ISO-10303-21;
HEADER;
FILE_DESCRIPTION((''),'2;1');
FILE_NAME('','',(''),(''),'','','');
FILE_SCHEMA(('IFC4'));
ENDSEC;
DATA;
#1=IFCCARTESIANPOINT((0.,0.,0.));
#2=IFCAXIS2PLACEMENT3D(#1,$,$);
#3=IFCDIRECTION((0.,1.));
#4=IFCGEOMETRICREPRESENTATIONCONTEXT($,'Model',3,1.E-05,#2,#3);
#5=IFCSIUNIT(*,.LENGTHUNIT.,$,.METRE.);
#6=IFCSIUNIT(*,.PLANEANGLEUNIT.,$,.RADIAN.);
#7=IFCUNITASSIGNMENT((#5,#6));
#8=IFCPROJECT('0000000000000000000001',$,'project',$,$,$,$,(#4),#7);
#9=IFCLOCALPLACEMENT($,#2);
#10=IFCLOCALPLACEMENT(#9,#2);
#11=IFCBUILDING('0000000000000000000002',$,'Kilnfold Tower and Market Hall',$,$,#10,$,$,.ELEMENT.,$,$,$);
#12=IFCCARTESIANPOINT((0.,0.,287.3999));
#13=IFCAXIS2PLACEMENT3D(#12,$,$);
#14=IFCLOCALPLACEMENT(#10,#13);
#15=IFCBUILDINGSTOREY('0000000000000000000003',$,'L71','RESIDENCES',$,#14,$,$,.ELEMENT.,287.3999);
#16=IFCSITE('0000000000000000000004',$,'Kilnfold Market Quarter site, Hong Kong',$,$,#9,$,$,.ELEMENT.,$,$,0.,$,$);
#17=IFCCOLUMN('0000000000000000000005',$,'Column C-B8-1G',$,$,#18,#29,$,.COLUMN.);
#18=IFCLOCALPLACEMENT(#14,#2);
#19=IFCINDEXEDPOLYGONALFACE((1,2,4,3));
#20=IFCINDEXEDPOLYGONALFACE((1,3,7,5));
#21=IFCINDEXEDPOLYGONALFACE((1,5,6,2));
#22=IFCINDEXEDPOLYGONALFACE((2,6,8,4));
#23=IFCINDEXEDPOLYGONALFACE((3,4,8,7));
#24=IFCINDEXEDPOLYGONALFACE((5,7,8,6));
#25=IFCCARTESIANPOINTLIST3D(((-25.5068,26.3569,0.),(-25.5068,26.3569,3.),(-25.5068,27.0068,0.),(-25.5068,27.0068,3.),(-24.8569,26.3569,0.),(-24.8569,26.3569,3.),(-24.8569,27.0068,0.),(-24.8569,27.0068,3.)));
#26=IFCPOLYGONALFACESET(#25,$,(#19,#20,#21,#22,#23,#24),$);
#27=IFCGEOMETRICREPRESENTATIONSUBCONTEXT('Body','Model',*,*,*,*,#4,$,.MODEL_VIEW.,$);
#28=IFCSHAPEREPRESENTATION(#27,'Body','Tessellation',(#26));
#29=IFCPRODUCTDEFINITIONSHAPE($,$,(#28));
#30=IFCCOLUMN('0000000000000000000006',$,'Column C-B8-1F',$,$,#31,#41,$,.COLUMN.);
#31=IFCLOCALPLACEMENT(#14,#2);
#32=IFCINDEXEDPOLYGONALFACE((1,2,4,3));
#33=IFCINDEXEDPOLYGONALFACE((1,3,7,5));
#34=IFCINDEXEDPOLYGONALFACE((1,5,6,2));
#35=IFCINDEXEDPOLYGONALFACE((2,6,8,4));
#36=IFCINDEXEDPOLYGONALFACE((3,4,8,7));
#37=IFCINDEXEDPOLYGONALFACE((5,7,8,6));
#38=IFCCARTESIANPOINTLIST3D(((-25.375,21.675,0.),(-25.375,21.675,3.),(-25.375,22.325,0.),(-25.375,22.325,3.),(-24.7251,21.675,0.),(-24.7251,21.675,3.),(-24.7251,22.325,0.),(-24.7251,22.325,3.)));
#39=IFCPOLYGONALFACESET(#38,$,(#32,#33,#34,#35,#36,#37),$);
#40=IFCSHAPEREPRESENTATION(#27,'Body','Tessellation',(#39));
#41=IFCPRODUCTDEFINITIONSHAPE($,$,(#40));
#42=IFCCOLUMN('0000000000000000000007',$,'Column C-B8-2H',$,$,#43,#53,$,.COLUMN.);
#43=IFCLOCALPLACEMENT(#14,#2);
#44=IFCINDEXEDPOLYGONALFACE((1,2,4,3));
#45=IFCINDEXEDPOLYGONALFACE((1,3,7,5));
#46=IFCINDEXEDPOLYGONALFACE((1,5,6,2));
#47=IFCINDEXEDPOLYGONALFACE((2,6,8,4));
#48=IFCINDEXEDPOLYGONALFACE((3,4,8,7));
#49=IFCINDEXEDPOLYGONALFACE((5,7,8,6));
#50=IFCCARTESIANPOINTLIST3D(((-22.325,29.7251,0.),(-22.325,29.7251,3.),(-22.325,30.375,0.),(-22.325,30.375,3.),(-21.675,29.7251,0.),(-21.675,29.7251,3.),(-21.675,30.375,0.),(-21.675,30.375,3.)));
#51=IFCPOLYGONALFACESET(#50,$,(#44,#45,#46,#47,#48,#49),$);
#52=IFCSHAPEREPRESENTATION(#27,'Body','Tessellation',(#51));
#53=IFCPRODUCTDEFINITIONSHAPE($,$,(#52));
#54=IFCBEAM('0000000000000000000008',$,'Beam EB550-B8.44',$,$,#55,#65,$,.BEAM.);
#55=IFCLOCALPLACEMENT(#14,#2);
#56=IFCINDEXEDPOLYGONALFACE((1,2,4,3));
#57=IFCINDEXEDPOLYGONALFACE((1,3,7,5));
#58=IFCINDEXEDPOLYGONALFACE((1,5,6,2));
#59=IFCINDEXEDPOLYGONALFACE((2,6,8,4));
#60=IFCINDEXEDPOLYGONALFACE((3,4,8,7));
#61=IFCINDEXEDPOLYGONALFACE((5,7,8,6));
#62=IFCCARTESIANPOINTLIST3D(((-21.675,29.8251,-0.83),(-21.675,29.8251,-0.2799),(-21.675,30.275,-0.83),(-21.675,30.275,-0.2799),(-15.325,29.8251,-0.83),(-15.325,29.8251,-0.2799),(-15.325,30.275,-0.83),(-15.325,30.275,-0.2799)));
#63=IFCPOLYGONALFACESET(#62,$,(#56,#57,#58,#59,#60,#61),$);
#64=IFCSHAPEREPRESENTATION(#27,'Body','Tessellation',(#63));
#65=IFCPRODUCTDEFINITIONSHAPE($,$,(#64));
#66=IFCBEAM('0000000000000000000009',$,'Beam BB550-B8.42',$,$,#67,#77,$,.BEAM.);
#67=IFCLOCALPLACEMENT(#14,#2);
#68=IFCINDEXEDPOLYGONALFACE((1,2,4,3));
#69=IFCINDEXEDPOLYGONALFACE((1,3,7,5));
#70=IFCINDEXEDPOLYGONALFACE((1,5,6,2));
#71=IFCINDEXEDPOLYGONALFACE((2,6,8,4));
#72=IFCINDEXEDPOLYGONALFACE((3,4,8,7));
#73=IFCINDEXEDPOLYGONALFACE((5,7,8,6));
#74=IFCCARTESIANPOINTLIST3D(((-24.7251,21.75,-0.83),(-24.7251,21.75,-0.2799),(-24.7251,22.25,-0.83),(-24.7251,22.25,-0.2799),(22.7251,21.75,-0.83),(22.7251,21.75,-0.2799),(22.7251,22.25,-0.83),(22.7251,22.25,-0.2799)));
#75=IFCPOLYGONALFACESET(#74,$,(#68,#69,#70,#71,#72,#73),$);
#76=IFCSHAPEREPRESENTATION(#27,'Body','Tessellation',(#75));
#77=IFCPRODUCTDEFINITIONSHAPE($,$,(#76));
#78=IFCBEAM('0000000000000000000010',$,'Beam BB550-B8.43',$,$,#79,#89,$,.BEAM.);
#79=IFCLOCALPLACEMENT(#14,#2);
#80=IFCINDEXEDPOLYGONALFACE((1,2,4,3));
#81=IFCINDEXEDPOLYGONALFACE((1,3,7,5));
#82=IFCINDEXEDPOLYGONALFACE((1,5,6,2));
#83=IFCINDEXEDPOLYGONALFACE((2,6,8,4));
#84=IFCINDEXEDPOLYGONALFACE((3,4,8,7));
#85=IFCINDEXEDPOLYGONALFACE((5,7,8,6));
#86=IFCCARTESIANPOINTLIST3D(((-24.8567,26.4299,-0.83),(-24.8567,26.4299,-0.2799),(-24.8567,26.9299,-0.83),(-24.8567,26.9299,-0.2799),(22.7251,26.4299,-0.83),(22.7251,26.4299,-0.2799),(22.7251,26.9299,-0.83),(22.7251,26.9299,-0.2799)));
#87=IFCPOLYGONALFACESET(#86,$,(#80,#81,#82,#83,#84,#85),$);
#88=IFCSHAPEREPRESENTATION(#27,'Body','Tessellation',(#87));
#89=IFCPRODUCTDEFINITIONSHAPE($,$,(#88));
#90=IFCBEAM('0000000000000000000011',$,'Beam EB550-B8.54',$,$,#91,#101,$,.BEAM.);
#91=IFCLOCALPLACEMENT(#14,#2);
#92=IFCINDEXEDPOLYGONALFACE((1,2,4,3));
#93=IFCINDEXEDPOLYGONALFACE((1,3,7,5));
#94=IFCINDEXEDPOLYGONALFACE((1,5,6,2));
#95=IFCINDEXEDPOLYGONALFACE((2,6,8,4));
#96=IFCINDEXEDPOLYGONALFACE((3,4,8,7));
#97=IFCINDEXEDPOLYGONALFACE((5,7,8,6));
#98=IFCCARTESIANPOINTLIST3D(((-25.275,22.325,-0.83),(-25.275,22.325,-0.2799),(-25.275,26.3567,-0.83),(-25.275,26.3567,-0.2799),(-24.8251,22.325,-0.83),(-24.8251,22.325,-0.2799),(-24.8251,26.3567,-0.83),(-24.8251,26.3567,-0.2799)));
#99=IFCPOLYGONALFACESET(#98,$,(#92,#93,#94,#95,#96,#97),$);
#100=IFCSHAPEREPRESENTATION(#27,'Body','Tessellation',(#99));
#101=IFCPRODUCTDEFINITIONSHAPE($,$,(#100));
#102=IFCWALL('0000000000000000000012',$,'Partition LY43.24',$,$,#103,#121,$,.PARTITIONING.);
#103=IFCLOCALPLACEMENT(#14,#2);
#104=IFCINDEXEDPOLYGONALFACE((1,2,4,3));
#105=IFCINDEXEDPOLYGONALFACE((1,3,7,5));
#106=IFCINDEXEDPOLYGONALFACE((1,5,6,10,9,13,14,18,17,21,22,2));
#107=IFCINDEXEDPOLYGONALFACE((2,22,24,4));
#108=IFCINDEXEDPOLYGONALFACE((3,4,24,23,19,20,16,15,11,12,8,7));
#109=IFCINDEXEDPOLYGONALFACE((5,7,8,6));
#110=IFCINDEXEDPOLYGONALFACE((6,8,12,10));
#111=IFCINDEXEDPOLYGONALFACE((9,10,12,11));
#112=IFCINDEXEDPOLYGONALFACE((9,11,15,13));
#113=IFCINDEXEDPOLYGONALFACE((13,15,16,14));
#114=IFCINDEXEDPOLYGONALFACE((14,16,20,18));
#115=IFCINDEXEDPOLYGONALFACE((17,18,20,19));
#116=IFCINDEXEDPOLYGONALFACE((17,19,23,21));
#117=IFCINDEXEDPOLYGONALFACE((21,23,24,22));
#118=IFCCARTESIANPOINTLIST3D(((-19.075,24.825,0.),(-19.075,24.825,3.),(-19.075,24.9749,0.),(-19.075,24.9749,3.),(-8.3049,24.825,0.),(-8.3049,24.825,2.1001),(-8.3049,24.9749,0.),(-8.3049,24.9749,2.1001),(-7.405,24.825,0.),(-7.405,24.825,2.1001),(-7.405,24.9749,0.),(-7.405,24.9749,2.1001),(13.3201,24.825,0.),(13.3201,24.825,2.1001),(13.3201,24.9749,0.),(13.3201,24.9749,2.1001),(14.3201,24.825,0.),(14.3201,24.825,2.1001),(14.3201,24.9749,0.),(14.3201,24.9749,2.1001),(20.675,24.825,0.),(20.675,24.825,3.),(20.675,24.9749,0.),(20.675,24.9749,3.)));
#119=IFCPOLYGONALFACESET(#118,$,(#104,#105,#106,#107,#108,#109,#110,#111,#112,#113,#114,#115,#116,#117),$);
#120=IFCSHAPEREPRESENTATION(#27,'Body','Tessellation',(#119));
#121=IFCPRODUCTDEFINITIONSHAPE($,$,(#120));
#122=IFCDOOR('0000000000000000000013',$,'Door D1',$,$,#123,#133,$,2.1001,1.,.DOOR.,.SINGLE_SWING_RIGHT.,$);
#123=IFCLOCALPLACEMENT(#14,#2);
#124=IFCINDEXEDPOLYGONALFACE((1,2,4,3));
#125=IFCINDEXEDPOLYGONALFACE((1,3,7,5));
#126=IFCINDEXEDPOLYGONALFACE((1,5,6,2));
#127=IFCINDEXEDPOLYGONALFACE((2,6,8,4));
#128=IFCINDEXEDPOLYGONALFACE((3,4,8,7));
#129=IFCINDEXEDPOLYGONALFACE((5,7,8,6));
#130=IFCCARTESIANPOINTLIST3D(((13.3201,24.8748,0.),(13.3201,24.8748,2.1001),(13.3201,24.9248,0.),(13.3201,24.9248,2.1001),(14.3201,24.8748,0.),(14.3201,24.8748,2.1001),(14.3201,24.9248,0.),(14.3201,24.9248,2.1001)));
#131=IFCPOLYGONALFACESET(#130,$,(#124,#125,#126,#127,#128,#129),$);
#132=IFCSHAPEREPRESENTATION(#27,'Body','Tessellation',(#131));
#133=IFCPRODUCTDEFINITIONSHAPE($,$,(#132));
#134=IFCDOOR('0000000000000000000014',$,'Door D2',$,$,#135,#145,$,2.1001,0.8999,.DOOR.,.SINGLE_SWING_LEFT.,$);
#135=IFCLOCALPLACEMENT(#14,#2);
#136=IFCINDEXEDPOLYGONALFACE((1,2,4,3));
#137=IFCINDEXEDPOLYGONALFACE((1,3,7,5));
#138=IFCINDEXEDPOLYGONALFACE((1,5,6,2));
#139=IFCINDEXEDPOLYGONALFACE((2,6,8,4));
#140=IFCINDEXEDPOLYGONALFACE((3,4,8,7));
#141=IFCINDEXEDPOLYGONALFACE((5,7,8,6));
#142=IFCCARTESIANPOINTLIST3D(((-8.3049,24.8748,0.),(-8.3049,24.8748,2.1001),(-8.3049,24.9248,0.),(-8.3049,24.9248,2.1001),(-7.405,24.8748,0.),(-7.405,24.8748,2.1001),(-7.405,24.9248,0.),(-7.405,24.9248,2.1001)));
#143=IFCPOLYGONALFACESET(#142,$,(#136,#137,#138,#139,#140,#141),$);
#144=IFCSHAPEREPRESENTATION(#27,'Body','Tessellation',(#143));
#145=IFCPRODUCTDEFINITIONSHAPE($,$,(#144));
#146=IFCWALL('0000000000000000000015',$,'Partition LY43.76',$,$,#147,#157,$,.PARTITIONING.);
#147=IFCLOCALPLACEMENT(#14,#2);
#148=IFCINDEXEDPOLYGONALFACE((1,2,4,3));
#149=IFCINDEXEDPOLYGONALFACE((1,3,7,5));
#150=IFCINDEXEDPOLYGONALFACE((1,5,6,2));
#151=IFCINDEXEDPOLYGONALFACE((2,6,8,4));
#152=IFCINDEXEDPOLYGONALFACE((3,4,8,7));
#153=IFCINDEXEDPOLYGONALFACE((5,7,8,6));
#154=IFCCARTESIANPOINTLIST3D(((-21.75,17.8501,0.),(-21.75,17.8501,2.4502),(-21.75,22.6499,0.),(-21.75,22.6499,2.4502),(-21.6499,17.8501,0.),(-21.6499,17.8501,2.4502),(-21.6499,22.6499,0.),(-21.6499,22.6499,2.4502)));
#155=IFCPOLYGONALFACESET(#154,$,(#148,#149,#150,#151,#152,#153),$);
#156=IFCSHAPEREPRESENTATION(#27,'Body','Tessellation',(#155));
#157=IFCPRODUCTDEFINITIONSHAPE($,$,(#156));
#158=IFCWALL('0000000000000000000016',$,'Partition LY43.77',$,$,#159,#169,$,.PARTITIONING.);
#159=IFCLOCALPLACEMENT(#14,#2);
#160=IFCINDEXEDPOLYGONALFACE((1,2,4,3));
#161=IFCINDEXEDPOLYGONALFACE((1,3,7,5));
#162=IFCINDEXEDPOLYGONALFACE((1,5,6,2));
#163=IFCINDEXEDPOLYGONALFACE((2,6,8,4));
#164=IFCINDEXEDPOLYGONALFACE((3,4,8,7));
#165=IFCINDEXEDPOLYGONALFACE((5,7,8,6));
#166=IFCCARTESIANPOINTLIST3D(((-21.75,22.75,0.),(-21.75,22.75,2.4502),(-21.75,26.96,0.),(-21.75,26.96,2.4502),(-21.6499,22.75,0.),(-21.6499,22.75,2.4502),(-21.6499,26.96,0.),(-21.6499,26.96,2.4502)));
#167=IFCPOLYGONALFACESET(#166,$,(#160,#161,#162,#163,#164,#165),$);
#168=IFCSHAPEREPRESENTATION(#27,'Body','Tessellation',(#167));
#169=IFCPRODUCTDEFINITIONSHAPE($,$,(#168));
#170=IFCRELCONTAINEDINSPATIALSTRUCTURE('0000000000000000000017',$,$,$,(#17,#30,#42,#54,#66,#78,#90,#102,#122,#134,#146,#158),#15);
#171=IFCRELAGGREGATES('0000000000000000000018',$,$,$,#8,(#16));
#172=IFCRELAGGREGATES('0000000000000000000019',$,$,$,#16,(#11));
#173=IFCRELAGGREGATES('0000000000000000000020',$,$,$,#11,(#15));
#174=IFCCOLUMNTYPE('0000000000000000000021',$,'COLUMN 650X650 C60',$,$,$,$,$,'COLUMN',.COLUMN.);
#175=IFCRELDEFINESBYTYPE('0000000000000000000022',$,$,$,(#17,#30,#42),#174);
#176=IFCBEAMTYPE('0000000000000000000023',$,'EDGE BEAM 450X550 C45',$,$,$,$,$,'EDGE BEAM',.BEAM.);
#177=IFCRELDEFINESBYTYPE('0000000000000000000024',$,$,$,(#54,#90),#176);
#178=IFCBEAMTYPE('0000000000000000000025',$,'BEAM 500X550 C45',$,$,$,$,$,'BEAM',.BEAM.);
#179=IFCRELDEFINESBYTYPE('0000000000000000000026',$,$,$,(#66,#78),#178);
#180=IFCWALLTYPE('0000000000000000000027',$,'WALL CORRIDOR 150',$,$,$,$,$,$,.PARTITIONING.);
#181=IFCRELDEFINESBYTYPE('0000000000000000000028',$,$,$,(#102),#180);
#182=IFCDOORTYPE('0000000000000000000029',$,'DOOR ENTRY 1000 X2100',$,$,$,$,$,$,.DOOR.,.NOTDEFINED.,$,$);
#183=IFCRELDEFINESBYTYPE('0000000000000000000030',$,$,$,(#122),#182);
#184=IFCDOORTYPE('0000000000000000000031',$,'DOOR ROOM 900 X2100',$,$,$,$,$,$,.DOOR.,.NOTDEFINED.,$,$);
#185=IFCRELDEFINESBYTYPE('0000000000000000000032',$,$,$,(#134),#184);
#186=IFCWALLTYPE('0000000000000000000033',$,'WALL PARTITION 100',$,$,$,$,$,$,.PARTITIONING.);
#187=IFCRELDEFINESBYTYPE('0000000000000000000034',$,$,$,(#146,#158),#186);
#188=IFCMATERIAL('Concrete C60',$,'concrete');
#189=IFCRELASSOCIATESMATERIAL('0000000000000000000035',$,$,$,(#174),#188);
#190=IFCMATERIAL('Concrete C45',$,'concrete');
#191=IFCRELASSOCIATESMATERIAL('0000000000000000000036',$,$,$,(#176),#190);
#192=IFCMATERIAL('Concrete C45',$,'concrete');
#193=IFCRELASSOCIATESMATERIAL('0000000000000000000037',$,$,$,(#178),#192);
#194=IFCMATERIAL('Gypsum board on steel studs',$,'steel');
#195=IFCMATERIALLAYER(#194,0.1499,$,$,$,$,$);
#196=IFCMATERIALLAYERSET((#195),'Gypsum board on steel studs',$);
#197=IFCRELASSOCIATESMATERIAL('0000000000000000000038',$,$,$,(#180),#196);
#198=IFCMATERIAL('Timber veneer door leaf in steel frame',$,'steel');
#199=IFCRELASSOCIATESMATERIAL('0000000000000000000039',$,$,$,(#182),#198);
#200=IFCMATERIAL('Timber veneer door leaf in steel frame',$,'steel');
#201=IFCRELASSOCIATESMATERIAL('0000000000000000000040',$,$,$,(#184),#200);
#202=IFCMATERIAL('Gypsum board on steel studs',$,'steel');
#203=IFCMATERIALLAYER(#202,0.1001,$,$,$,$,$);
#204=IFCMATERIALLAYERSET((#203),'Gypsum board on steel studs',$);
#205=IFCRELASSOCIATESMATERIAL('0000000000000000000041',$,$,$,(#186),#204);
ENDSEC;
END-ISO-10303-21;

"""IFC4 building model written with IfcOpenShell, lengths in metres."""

from ifc_helpers import new_model, si_unit, direction, frame, frame_2d, origin, origin_2d, place, context, subcontext, project, spatial, rectangle, extrude, source, transform, mapped, material, layer, layer_set, material_profile, profile_set, type_object, element, fill, save


model = new_model("IFC4")

# Units and contexts
model_context = context("Model", 3, precision=1e-05, world=origin(), true_north=direction((0.0, 1.0)))
body_context = subcontext(model_context, "Body", "Model", "MODEL_VIEW")
ifc_project = project(units=[si_unit("LENGTHUNIT", "METRE"), si_unit("PLANEANGLEUNIT", "RADIAN")], contexts=[model_context])

# Site, building, storey
site_placement = place(None, origin())
site = spatial("IfcSite", under=ifc_project, at=site_placement, Name="Kilnfold Market Quarter site, Hong Kong", CompositionType="ELEMENT", RefElevation=0.0)
building_placement = place(site_placement, origin())
building = spatial("IfcBuilding", under=site, at=building_placement, Name="Kilnfold Tower and Market Hall", CompositionType="ELEMENT")
storey_placement = place(building_placement, frame((0.0, 0.0, 287.3999)))
storey = spatial("IfcBuildingStorey", under=building, at=storey_placement, Name="L71", Description="RESIDENCES", CompositionType="ELEMENT", Elevation=287.3999)

# Columns
ifc_material_1 = material(Name="Concrete C60", Category="concrete")
ifc_material_profile_1 = material_profile(ifc_material_1, rectangle(XDim=0.6499, YDim=0.6499, at=origin_2d()), Name="RC 650x650")
ifc_profile_set_1 = profile_set([ifc_material_profile_1], Name="Concrete C60")
column_type = type_object("IfcColumnType", Name="COLUMN 650X650 C60", ElementType="COLUMN", PredefinedType="COLUMN", material=ifc_profile_set_1)
shared_shape_1 = source(origin(), body_context, "Body", "SweptSolid", [
    extrude(rectangle(XDim=0.6499, YDim=0.6499, at=origin_2d()), origin(), (0.0, 0.0, 1.0), 3.0),
])
for number, where, z_axis, x_axis, name in (
    (1, (-25.1819, 26.6819, 0.0), (0.0, 0.0, 1.0), (1.0, 0.0, 0.0), "Column C-B8-1G"),
    (2, (-25.05, 22.0, 0.0), (0.0, 0.0, 1.0), (1.0, 0.0, 0.0), "Column C-B8-1F"),
    (3, (-22.0, 30.05, 0.0), (0.0, 0.0, 1.0), (1.0, 0.0, 0.0), "Column C-B8-2H"),
):
    element("IfcColumn", number, at=place(storey_placement, frame(where, z_axis=z_axis, x_axis=x_axis)), inside=storey, type_object=column_type, Name=name, PredefinedType="COLUMN", context=body_context, shape_type="MappedRepresentation", body=[
        mapped(shared_shape_1, transform((0.0, 0.0, 0.0))),
    ])

# Beams
ifc_material_2 = material(Name="Concrete C45", Category="concrete")
ifc_material_profile_2 = material_profile(ifc_material_2, rectangle(XDim=0.45, YDim=0.55, at=origin_2d()), Name="RC 450x550")
ifc_profile_set_2 = profile_set([ifc_material_profile_2], Name="Concrete C45")
beam_type_1 = type_object("IfcBeamType", Name="EDGE BEAM 450X550 C45", ElementType="EDGE BEAM", PredefinedType="BEAM", material=ifc_profile_set_2)
shared_shape_2 = source(origin(), body_context, "Body", "SweptSolid", [
    extrude(rectangle(XDim=0.45, YDim=0.55, at=origin_2d()), origin(), (0.0, 0.0, 1.0), 6.3501),
])
beam_1_placement = place(storey_placement, frame((-21.675, 30.05, -0.5549), z_axis=(1.0, 0.0, 0.0), x_axis=(0.0, 1.0, 0.0)))
element("IfcBeam", 4, at=beam_1_placement, inside=storey, type_object=beam_type_1, Name="Beam EB550-B8.44", PredefinedType="BEAM", context=body_context, shape_type="MappedRepresentation", body=[
    mapped(shared_shape_2, transform((0.0, 0.0, 0.0))),
])
ifc_material_3 = material(Name="Concrete C45", Category="concrete")
ifc_material_profile_3 = material_profile(ifc_material_3, rectangle(XDim=0.5, YDim=0.55, at=origin_2d()), Name="RC 500x550")
ifc_profile_set_3 = profile_set([ifc_material_profile_3], Name="Concrete C45")
beam_type_2 = type_object("IfcBeamType", Name="BEAM 500X550 C45", ElementType="BEAM", PredefinedType="BEAM", material=ifc_profile_set_3)
shared_shape_3 = source(origin(), body_context, "Body", "SweptSolid", [
    extrude(rectangle(XDim=0.5, YDim=0.55, at=origin_2d()), origin(), (0.0, 0.0, 1.0), 47.4502),
])
beam_2_placement = place(storey_placement, frame((-24.7251, 22.0, -0.5549), z_axis=(1.0, 0.0, 0.0), x_axis=(0.0, 1.0, 0.0)))
element("IfcBeam", 5, at=beam_2_placement, inside=storey, type_object=beam_type_2, Name="Beam BB550-B8.42", PredefinedType="BEAM", context=body_context, shape_type="MappedRepresentation", body=[
    mapped(shared_shape_3, transform((0.0, 0.0, 0.0))),
])
shared_shape_4 = source(origin(), body_context, "Body", "SweptSolid", [
    extrude(rectangle(XDim=0.5, YDim=0.55, at=origin_2d()), origin(), (0.0, 0.0, 1.0), 47.5818),
])
beam_3_placement = place(storey_placement, frame((-24.8567, 26.6799, -0.5549), z_axis=(1.0, 0.0, 0.0), x_axis=(0.0, 1.0, 0.0)))
element("IfcBeam", 6, at=beam_3_placement, inside=storey, type_object=beam_type_2, Name="Beam BB550-B8.43", PredefinedType="BEAM", context=body_context, shape_type="MappedRepresentation", body=[
    mapped(shared_shape_4, transform((0.0, 0.0, 0.0))),
])
shared_shape_5 = source(origin(), body_context, "Body", "SweptSolid", [
    extrude(rectangle(XDim=0.45, YDim=0.55, at=origin_2d()), origin(), (0.0, 0.0, 1.0), 4.0317),
])
beam_4_placement = place(storey_placement, frame((-25.05, 22.325, -0.5549), z_axis=(0.0, 1.0, 0.0), x_axis=(-1.0, 0.0, 0.0)))
element("IfcBeam", 7, at=beam_4_placement, inside=storey, type_object=beam_type_1, Name="Beam EB550-B8.54", PredefinedType="BEAM", context=body_context, shape_type="MappedRepresentation", body=[
    mapped(shared_shape_5, transform((0.0, 0.0, 0.0))),
])

# Wall, openings, doors
ifc_material_4 = material(Name="Gypsum board on steel studs", Category="steel")
ifc_layer_1 = layer(ifc_material_4, 0.1499)
ifc_layer_set_1 = layer_set([ifc_layer_1], Name="Gypsum board on steel studs")
wall_type_1 = type_object("IfcWallType", Name="WALL CORRIDOR 150", PredefinedType="PARTITIONING", material=ifc_layer_set_1)
wall_1_placement = place(storey_placement, frame((-19.075, 24.8999, 0.0), z_axis=(0.0, 0.0, 1.0), x_axis=(1.0, 0.0, 0.0)))
wall_1 = element("IfcWall", 8, at=wall_1_placement, inside=storey, type_object=wall_type_1, Name="Partition LY43.24", PredefinedType="PARTITIONING", context=body_context, shape_type="SweptSolid", body=[
    extrude(rectangle(XDim=39.75, YDim=0.1499, at=frame_2d((19.875, 0.0))), origin(), (0.0, 0.0, 1.0), 3.0),
])
opening_1_placement = place(wall_1_placement, frame((10.77, 0.0, 0.0)))
opening_1 = element("IfcOpeningElement", 9, at=opening_1_placement, cuts=wall_1, PredefinedType="OPENING", context=body_context, shape_type="SweptSolid", body=[
    extrude(rectangle(XDim=0.8999, YDim=2.1001, at=frame_2d((0.45, 1.05))), frame((0.0, 0.085, 0.0), z_axis=(0.0, -1.0, 0.0), x_axis=(1.0, 0.0, 0.0)), (0.0, 0.0, 1.0), 0.1699),
])
opening_2_placement = place(wall_1_placement, frame((32.395, 0.0, 0.0)))
opening_2 = element("IfcOpeningElement", 10, at=opening_2_placement, cuts=wall_1, PredefinedType="OPENING", context=body_context, shape_type="SweptSolid", body=[
    extrude(rectangle(XDim=1.0, YDim=2.1001, at=frame_2d((0.5, 1.05))), frame((0.0, 0.085, 0.0), z_axis=(0.0, -1.0, 0.0), x_axis=(1.0, 0.0, 0.0)), (0.0, 0.0, 1.0), 0.1699),
])
ifc_material_5 = material(Name="Timber veneer door leaf in steel frame", Category="steel")
door_type_1 = type_object("IfcDoorType", Name="DOOR ENTRY 1000 X2100", OperationType="NOTDEFINED", PredefinedType="DOOR", material=ifc_material_5)
door_1_placement = place(opening_2_placement, origin())
door_1 = element("IfcDoor", 11, at=door_1_placement, inside=storey, type_object=door_type_1, Name="Door D1", OperationType="SINGLE_SWING_RIGHT", OverallHeight=2.1001, OverallWidth=1.0, PredefinedType="DOOR", context=body_context, shape_type="SweptSolid", body=[
    extrude(rectangle(XDim=1.0, YDim=2.1001, at=frame_2d((0.5, 1.05))), frame((0.0, 0.0249, 0.0), z_axis=(0.0, -1.0, 0.0), x_axis=(1.0, 0.0, 0.0)), (0.0, 0.0, 1.0), 0.05),
])
fill(opening_2, door_1)
ifc_material_6 = material(Name="Timber veneer door leaf in steel frame", Category="steel")
door_type_2 = type_object("IfcDoorType", Name="DOOR ROOM 900 X2100", OperationType="NOTDEFINED", PredefinedType="DOOR", material=ifc_material_6)
door_2_placement = place(opening_1_placement, origin())
door_2 = element("IfcDoor", 12, at=door_2_placement, inside=storey, type_object=door_type_2, Name="Door D2", OperationType="SINGLE_SWING_LEFT", OverallHeight=2.1001, OverallWidth=0.8999, PredefinedType="DOOR", context=body_context, shape_type="SweptSolid", body=[
    extrude(rectangle(XDim=0.8999, YDim=2.1001, at=frame_2d((0.45, 1.05))), frame((0.0, 0.0249, 0.0), z_axis=(0.0, -1.0, 0.0), x_axis=(1.0, 0.0, 0.0)), (0.0, 0.0, 1.0), 0.05),
])
fill(opening_1, door_2)

# Walls
ifc_material_7 = material(Name="Gypsum board on steel studs", Category="steel")
ifc_layer_2 = layer(ifc_material_7, 0.1001)
ifc_layer_set_2 = layer_set([ifc_layer_2], Name="Gypsum board on steel studs")
wall_type_2 = type_object("IfcWallType", Name="WALL PARTITION 100", PredefinedType="PARTITIONING", material=ifc_layer_set_2)
wall_2_placement = place(storey_placement, frame((-21.7, 17.8501, 0.0), z_axis=(0.0, 0.0, 1.0), x_axis=(0.0, 1.0, 0.0)))
element("IfcWall", 13, at=wall_2_placement, inside=storey, type_object=wall_type_2, Name="Partition LY43.76", PredefinedType="PARTITIONING", context=body_context, shape_type="SweptSolid", body=[
    extrude(rectangle(XDim=4.7998, YDim=0.1001, at=frame_2d((2.3999, 0.0))), origin(), (0.0, 0.0, 1.0), 2.4502),
])
wall_3_placement = place(storey_placement, frame((-21.7, 22.75, 0.0), z_axis=(0.0, 0.0, 1.0), x_axis=(0.0, 1.0, 0.0)))
element("IfcWall", 14, at=wall_3_placement, inside=storey, type_object=wall_type_2, Name="Partition LY43.77", PredefinedType="PARTITIONING", context=body_context, shape_type="SweptSolid", body=[
    extrude(rectangle(XDim=4.21, YDim=0.1001, at=frame_2d((2.105, 0.0))), origin(), (0.0, 0.0, 1.0), 2.4502),
])

save(model, "model.ifc")
